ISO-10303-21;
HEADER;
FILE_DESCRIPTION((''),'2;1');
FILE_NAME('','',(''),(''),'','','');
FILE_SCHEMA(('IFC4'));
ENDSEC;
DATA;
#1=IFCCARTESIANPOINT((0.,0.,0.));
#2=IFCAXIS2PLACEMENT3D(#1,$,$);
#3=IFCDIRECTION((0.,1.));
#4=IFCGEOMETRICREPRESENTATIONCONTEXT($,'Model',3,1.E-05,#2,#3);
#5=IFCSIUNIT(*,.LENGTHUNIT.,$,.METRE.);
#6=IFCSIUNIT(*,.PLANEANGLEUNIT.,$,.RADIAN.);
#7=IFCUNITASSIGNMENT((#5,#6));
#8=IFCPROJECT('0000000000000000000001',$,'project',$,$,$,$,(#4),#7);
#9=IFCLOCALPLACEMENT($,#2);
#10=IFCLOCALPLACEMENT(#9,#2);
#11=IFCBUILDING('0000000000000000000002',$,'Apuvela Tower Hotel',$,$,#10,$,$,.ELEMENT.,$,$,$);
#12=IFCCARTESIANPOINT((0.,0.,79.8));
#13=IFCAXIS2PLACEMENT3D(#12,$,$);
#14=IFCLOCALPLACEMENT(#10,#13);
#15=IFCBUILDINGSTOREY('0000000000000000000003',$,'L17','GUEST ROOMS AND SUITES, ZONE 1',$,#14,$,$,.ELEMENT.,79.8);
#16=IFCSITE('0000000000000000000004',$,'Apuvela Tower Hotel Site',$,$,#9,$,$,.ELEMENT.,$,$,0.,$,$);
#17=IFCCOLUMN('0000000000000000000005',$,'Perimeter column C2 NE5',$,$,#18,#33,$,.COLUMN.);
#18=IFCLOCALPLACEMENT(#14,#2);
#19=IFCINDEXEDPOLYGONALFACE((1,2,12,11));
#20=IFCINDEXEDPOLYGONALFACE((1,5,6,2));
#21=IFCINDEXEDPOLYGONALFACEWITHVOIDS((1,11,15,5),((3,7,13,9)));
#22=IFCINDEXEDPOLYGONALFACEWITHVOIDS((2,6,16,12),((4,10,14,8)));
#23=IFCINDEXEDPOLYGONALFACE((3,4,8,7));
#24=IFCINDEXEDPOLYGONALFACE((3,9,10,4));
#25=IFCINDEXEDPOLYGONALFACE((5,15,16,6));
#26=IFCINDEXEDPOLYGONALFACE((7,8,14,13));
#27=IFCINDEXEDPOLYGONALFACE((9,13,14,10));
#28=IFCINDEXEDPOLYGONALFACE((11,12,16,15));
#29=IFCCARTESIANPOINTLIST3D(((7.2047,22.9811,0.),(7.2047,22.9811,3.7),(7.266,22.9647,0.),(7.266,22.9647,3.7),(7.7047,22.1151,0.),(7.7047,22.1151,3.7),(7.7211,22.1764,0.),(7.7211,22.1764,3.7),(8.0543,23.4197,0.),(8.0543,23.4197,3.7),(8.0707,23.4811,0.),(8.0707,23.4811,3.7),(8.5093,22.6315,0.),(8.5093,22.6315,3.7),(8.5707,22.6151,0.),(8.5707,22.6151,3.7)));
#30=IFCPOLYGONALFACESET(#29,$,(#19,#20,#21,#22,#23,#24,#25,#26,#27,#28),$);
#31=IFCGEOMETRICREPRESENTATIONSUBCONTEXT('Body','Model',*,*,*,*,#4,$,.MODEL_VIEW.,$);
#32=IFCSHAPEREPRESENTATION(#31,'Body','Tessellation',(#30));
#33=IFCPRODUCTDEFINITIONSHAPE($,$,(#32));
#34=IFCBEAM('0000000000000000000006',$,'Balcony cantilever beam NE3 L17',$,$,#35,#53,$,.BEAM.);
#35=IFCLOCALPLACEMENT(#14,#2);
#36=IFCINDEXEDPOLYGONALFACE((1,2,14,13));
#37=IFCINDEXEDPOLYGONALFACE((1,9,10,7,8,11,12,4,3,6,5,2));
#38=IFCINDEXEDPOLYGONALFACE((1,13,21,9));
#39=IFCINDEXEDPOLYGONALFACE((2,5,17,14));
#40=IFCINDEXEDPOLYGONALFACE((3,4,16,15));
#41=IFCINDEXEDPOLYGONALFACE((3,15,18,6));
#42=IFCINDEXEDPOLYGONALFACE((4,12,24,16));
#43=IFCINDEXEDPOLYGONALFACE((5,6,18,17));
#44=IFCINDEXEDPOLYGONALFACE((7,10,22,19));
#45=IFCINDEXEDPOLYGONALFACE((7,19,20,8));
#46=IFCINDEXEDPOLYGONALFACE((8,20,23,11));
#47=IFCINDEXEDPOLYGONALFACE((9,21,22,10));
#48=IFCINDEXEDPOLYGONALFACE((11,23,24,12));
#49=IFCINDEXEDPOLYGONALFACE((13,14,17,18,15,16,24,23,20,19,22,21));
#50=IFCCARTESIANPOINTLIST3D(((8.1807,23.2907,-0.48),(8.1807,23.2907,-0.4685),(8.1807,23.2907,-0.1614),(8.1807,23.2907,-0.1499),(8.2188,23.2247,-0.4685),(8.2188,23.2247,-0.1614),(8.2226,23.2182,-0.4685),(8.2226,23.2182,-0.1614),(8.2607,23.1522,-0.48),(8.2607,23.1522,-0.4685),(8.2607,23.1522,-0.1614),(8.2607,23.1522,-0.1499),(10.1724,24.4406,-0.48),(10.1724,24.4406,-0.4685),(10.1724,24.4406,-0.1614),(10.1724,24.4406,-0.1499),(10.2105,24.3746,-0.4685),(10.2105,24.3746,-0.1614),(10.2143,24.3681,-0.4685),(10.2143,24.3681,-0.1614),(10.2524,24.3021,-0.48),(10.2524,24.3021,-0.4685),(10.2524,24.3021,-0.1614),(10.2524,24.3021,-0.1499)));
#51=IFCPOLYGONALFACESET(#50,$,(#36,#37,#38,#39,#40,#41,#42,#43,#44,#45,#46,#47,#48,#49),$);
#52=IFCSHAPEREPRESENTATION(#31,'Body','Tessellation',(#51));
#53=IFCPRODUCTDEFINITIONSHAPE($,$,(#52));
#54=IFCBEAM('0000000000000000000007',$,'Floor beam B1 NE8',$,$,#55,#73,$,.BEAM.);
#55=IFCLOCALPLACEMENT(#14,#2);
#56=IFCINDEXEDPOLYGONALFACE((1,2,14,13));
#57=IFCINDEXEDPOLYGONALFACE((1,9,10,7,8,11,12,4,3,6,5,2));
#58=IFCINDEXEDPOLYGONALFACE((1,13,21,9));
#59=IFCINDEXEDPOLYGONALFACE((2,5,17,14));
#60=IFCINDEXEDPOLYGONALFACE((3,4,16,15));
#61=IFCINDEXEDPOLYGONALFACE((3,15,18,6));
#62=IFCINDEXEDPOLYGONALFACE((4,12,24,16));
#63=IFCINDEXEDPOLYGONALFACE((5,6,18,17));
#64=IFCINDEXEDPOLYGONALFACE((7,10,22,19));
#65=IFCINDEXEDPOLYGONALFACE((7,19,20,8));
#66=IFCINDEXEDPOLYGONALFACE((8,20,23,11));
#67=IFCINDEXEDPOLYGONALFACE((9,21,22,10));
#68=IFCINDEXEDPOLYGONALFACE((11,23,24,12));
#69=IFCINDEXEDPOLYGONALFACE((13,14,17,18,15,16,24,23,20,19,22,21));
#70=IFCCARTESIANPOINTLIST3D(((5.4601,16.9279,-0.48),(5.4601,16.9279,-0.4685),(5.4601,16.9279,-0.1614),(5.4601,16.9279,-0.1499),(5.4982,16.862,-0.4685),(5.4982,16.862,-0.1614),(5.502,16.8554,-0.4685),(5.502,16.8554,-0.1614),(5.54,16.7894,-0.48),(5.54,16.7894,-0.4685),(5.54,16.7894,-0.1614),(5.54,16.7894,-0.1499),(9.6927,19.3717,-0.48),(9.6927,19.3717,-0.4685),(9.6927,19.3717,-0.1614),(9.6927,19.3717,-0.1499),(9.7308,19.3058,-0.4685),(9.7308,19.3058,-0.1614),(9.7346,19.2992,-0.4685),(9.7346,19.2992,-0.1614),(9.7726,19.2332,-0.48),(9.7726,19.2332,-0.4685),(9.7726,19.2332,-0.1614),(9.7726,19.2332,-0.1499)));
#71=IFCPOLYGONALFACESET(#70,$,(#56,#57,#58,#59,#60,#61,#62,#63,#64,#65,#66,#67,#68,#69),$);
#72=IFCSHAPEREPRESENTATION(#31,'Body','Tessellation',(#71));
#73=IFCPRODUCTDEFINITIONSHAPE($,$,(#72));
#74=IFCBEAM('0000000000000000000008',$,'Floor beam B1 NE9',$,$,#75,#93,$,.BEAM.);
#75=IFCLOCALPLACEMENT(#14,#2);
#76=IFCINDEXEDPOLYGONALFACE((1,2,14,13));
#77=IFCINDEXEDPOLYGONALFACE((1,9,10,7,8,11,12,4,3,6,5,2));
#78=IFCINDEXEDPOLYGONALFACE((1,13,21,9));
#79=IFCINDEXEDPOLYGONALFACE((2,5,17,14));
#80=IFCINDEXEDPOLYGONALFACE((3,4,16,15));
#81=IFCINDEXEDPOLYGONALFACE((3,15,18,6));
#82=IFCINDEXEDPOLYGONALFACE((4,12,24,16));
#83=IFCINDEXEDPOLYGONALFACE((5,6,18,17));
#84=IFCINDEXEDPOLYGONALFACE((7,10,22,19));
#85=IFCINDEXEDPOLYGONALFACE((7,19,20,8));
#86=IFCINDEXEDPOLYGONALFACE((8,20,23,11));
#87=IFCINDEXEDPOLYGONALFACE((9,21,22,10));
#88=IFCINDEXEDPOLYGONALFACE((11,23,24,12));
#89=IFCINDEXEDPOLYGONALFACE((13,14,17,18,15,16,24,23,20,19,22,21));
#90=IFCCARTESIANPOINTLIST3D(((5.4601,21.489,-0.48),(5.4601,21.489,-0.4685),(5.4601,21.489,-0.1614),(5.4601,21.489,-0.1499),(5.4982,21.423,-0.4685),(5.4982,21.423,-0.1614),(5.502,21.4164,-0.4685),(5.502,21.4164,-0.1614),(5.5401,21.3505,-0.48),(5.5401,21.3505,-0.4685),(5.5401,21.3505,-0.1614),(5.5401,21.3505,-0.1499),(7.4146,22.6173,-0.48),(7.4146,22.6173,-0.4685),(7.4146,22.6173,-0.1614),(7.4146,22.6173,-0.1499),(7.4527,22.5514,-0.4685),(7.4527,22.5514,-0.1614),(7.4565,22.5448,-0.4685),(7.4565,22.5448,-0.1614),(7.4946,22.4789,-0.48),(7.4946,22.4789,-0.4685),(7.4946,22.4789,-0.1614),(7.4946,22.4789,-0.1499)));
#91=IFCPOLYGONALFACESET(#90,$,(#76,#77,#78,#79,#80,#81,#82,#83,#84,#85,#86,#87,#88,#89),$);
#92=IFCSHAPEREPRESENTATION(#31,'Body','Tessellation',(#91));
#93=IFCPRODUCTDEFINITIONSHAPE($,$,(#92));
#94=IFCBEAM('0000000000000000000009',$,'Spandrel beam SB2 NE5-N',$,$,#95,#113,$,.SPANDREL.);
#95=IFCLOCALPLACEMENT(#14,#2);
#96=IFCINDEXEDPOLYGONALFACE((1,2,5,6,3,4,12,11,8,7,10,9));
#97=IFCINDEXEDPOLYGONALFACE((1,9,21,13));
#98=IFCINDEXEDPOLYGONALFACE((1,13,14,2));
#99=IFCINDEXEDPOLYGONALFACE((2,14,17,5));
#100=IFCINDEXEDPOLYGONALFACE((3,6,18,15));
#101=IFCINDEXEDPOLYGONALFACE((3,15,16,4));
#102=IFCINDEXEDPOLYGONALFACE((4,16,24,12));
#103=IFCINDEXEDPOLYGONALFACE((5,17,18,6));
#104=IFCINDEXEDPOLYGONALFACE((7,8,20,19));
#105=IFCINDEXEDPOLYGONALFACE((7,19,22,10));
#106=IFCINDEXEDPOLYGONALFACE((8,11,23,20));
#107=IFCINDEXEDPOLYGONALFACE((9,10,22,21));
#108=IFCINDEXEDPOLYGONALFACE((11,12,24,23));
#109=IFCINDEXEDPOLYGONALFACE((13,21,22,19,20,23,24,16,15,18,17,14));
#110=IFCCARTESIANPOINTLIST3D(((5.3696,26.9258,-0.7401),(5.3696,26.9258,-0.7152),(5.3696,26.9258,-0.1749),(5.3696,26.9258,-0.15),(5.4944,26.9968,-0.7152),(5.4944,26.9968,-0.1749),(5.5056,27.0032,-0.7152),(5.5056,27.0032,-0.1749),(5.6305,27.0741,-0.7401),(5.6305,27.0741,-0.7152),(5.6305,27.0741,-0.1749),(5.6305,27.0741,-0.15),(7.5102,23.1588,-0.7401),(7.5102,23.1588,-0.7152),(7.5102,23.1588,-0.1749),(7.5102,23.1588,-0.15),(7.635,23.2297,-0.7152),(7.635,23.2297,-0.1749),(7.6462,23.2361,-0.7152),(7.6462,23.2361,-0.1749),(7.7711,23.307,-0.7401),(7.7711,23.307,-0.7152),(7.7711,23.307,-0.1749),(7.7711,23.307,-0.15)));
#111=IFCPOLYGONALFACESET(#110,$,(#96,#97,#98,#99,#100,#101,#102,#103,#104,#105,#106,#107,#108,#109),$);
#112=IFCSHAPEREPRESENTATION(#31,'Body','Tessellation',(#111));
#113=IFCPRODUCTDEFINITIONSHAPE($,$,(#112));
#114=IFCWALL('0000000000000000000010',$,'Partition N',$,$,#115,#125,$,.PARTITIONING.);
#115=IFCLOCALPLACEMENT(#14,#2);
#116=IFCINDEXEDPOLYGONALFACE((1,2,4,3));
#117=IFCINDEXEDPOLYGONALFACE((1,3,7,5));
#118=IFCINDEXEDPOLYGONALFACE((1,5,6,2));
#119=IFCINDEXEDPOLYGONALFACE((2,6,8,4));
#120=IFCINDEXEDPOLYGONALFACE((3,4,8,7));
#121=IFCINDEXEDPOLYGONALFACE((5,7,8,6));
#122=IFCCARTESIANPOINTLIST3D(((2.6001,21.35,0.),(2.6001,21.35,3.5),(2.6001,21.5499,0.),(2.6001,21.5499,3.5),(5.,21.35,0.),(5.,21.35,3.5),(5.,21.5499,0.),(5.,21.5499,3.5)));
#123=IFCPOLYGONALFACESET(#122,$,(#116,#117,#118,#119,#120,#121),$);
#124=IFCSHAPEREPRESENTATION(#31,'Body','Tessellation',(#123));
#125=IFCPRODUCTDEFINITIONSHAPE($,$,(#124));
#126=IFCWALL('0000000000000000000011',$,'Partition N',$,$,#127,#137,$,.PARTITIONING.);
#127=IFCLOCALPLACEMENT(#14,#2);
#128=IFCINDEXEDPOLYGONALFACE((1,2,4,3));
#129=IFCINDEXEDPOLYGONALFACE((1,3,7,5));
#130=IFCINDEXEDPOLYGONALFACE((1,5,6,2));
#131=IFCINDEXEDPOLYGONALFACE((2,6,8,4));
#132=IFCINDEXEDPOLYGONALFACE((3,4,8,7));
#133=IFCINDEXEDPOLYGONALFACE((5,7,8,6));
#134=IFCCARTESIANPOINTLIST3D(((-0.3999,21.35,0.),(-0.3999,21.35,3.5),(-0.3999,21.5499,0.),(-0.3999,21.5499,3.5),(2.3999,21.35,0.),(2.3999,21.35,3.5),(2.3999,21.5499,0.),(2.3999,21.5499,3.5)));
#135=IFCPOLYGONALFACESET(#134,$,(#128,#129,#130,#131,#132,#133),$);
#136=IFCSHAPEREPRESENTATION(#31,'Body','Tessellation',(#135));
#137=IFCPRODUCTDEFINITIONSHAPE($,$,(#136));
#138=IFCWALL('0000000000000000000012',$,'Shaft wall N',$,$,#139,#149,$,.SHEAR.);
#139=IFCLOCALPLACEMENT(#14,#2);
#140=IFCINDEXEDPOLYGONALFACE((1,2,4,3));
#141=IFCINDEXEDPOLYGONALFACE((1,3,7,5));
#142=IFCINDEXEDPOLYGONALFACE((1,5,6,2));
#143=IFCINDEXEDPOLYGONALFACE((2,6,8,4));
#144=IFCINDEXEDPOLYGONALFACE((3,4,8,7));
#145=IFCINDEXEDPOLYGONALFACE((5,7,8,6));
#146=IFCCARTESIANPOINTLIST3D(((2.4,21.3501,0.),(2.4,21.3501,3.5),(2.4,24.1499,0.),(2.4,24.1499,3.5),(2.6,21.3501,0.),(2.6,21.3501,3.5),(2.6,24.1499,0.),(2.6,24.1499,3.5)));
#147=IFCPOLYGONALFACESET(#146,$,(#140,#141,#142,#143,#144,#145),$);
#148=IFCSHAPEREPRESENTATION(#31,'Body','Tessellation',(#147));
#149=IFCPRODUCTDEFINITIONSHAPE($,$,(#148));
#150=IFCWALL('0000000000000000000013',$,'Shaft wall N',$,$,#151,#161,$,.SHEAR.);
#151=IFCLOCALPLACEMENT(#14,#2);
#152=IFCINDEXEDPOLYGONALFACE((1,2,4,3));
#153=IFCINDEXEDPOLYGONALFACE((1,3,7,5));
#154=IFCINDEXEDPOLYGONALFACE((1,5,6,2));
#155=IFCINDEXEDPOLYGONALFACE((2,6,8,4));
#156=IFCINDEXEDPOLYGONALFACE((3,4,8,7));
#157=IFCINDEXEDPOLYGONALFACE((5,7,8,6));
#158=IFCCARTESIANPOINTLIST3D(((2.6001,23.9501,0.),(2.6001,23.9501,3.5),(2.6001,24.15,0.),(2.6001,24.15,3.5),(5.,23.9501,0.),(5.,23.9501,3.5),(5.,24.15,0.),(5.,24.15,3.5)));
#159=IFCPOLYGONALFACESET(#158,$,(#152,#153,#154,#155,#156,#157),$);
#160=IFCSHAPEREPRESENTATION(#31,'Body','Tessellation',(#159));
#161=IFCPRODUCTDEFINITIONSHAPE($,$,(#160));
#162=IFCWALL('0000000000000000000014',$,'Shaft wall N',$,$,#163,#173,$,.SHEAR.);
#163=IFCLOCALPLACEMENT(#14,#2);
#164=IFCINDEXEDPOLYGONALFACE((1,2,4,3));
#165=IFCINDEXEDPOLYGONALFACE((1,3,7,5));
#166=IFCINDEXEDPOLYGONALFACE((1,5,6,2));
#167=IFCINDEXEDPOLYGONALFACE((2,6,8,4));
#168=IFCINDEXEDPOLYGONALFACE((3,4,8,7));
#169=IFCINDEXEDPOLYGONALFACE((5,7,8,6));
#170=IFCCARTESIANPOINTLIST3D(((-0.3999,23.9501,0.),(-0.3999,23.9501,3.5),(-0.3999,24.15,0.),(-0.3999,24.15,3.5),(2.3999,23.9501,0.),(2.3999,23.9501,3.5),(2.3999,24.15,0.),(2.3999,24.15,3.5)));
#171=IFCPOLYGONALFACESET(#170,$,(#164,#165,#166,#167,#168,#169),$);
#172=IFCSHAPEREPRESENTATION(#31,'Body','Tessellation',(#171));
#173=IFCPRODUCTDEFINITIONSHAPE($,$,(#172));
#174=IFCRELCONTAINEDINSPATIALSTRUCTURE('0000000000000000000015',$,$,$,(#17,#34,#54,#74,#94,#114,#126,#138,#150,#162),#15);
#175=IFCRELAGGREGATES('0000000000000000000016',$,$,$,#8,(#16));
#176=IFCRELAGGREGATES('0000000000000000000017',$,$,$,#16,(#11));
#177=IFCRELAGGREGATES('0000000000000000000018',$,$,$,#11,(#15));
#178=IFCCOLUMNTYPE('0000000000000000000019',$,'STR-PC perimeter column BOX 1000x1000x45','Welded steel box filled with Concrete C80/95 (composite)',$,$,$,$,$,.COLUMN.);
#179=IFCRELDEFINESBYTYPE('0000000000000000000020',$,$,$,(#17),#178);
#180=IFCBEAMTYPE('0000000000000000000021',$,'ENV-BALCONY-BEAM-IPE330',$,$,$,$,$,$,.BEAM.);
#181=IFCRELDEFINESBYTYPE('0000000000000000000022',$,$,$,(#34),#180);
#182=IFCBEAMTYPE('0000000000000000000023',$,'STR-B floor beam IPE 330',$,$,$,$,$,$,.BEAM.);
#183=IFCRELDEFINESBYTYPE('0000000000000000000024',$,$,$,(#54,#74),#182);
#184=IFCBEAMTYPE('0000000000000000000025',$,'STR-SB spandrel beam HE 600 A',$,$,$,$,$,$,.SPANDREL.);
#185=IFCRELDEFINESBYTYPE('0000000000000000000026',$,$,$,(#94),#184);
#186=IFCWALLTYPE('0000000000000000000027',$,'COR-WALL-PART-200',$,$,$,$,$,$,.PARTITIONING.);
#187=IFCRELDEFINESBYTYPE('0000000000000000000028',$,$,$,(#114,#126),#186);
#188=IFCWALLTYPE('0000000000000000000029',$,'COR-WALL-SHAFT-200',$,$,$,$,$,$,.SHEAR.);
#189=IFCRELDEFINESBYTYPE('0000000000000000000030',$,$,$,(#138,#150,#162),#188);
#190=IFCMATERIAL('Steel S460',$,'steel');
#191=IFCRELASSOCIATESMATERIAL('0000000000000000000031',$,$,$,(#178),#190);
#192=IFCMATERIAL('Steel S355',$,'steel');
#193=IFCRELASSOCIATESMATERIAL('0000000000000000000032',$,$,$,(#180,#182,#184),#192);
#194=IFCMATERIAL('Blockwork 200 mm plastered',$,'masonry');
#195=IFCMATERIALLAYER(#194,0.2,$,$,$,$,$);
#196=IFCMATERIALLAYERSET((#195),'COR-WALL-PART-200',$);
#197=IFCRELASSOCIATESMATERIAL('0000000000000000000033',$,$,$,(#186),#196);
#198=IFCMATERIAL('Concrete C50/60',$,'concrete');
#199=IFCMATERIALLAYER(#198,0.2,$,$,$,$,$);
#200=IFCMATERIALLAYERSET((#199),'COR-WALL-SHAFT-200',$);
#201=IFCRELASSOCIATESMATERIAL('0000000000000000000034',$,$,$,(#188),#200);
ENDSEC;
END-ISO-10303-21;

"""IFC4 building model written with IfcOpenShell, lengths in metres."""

from ifc_helpers import new_model, si_unit, direction, frame, frame_2d, origin, origin_2d, place, context, subcontext, project, spatial, rectangle, hollow_rectangle, i_section, extrude, material, layer, layer_set, material_profile, profile_set, type_object, element, save


model = new_model("IFC4")

# Units and contexts
model_context = context("Model", 3, precision=1e-05, world=origin(), true_north=direction((0.0, 1.0)))
body_context = subcontext(model_context, "Body", "Model", "MODEL_VIEW")
ifc_project = project(units=[si_unit("LENGTHUNIT", "METRE"), si_unit("PLANEANGLEUNIT", "RADIAN")], contexts=[model_context])

# Site, building, storey
site_placement = place(None, origin())
site = spatial("IfcSite", under=ifc_project, at=site_placement, Name="Apuvela Tower Hotel Site", CompositionType="ELEMENT", RefElevation=0.0)
building_placement = place(site_placement, origin())
building = spatial("IfcBuilding", under=site, at=building_placement, Name="Apuvela Tower Hotel", CompositionType="ELEMENT")
storey_placement = place(building_placement, frame((0.0, 0.0, 79.8)))
storey = spatial("IfcBuildingStorey", under=building, at=storey_placement, Name="L17", Description="GUEST ROOMS AND SUITES, ZONE 1", CompositionType="ELEMENT", Elevation=79.8)

# Column
ifc_material_1 = material(Name="Steel S460", Category="steel")
ifc_material_profile_1 = material_profile(ifc_material_1, hollow_rectangle(XDim=1.0, YDim=1.0, WallThickness=0.0449, at=origin_2d()), Name="BOX 1000x1000x45")
ifc_material_2 = material(Name="Concrete C80/95", Category="concrete")
ifc_material_profile_2 = material_profile(ifc_material_2, rectangle(XDim=0.9099, YDim=0.9099, at=origin_2d()), Name="Concrete C80/95 infill")
ifc_profile_set_1 = profile_set([ifc_material_profile_1, ifc_material_profile_2], Name="Steel S460")
column_type = type_object("IfcColumnType", Name="STR-PC perimeter column BOX 1000x1000x45", Description="Welded steel box filled with Concrete C80/95 (composite)", PredefinedType="COLUMN", material=ifc_profile_set_1)
column_placement = place(storey_placement, frame((7.8877, 22.7981, 0.0), z_axis=(0.0, 0.0, 1.0), x_axis=(-0.5, 0.866025, 0.0)))
element("IfcColumn", 1, at=column_placement, inside=storey, type_object=column_type, Name="Perimeter column C2 NE5", PredefinedType="COLUMN", context=body_context, shape_type="SweptSolid", body=[
    extrude(hollow_rectangle(XDim=1.0, YDim=1.0, WallThickness=0.0449, at=origin_2d()), origin(), (0.0, 0.0, 1.0), 3.7),
])

# Beams
ifc_material_3 = material(Name="Steel S355", Category="steel")
ifc_material_profile_3 = material_profile(ifc_material_3, i_section(OverallWidth=0.1599, OverallDepth=0.3301, WebThickness=0.0076, FlangeThickness=0.0115, at=origin_2d()), Name="IPE 330")
ifc_profile_set_2 = profile_set([ifc_material_profile_3], Name="Steel S355")
beam_type_1 = type_object("IfcBeamType", Name="ENV-BALCONY-BEAM-IPE330", PredefinedType="BEAM", material=ifc_profile_set_2)
beam_1_placement = place(storey_placement, frame((8.2207, 23.2214, -0.3149), z_axis=(0.866026, 0.499998, 0.0), x_axis=(-0.499998, 0.866026, 0.0)))
element("IfcBeam", 2, at=beam_1_placement, inside=storey, type_object=beam_type_1, Name="Balcony cantilever beam NE3 L17", PredefinedType="BEAM", context=body_context, shape_type="SweptSolid", body=[
    extrude(i_section(OverallWidth=0.1599, OverallDepth=0.3301, WebThickness=0.0076, FlangeThickness=0.0115, at=origin_2d()), origin(), (0.0, 0.0, 1.0), 2.2998),
])
ifc_material_profile_4 = material_profile(ifc_material_3, i_section(OverallWidth=0.1599, OverallDepth=0.3301, WebThickness=0.0076, FlangeThickness=0.0115, at=origin_2d()), Name="IPE 330")
ifc_profile_set_3 = profile_set([ifc_material_profile_4], Name="Steel S355")
beam_type_2 = type_object("IfcBeamType", Name="STR-B floor beam IPE 330", PredefinedType="BEAM", material=ifc_profile_set_3)
beam_2_placement = place(storey_placement, frame((9.7327, 19.3025, -0.3149), z_axis=(-0.866015, -0.500018, 0.0), x_axis=(0.500018, -0.866015, 0.0)))
element("IfcBeam", 3, at=beam_2_placement, inside=storey, type_object=beam_type_2, Name="Floor beam B1 NE8", PredefinedType="BEAM", context=body_context, shape_type="SweptSolid", body=[
    extrude(i_section(OverallWidth=0.1599, OverallDepth=0.3301, WebThickness=0.0076, FlangeThickness=0.0115, at=origin_2d()), origin(), (0.0, 0.0, 1.0), 4.8875),
])
beam_3_placement = place(storey_placement, frame((7.4546, 22.5481, -0.3149), z_axis=(-0.866038, -0.499978, 0.0), x_axis=(0.499978, -0.866038, 0.0)))
element("IfcBeam", 4, at=beam_3_placement, inside=storey, type_object=beam_type_2, Name="Floor beam B1 NE9", PredefinedType="BEAM", context=body_context, shape_type="SweptSolid", body=[
    extrude(i_section(OverallWidth=0.1599, OverallDepth=0.3301, WebThickness=0.0076, FlangeThickness=0.0115, at=origin_2d()), origin(), (0.0, 0.0, 1.0), 2.2568),
])
ifc_material_profile_5 = material_profile(ifc_material_3, i_section(OverallWidth=0.3, OverallDepth=0.5901, WebThickness=0.0129, FlangeThickness=0.0249, at=origin_2d()), Name="HE 600 A")
ifc_profile_set_4 = profile_set([ifc_material_profile_5], Name="Steel S355")
beam_type_3 = type_object("IfcBeamType", Name="STR-SB spandrel beam HE 600 A", PredefinedType="SPANDREL", material=ifc_profile_set_4)
beam_4_placement = place(storey_placement, frame((7.6406, 23.2329, -0.4451), z_axis=(-0.49405, 0.869433, 0.0), x_axis=(-0.869433, -0.49405, 0.0)))
element("IfcBeam", 5, at=beam_4_placement, inside=storey, type_object=beam_type_3, Name="Spandrel beam SB2 NE5-N", PredefinedType="SPANDREL", context=body_context, shape_type="SweptSolid", body=[
    extrude(i_section(OverallWidth=0.3, OverallDepth=0.5901, WebThickness=0.0129, FlangeThickness=0.0249, at=origin_2d()), origin(), (0.0, 0.0, 1.0), 4.3328),
])

# Walls
ifc_material_4 = material(Name="Blockwork 200 mm plastered", Category="masonry")
ifc_layer_1 = layer(ifc_material_4, 0.2)
ifc_layer_set_1 = layer_set([ifc_layer_1], Name="COR-WALL-PART-200")
wall_type_1 = type_object("IfcWallType", Name="COR-WALL-PART-200", PredefinedType="PARTITIONING", material=ifc_layer_set_1)
wall_1_placement = place(storey_placement, frame((5.0, 21.45, 0.0), z_axis=(0.0, 0.0, 1.0), x_axis=(-1.0, 0.0, 0.0)))
element("IfcWall", 6, at=wall_1_placement, inside=storey, type_object=wall_type_1, Name="Partition N", PredefinedType="PARTITIONING", context=body_context, shape_type="SweptSolid", body=[
    extrude(rectangle(XDim=2.3999, YDim=0.2, at=frame_2d((1.2, 0.0))), origin(), (0.0, 0.0, 1.0), 3.5),
])
wall_2_placement = place(storey_placement, frame((2.3999, 21.45, 0.0), z_axis=(0.0, 0.0, 1.0), x_axis=(-1.0, 0.0, 0.0)))
element("IfcWall", 7, at=wall_2_placement, inside=storey, type_object=wall_type_1, Name="Partition N", PredefinedType="PARTITIONING", context=body_context, shape_type="SweptSolid", body=[
    extrude(rectangle(XDim=2.7998, YDim=0.2, at=frame_2d((1.3999, 0.0))), origin(), (0.0, 0.0, 1.0), 3.5),
])
ifc_material_5 = material(Name="Concrete C50/60", Category="concrete")
ifc_layer_2 = layer(ifc_material_5, 0.2)
ifc_layer_set_2 = layer_set([ifc_layer_2], Name="COR-WALL-SHAFT-200")
wall_type_2 = type_object("IfcWallType", Name="COR-WALL-SHAFT-200", PredefinedType="SHEAR", material=ifc_layer_set_2)
wall_3_placement = place(storey_placement, frame((2.5, 21.3501, 0.0), z_axis=(0.0, 0.0, 1.0), x_axis=(0.0, 1.0, 0.0)))
element("IfcWall", 8, at=wall_3_placement, inside=storey, type_object=wall_type_2, Name="Shaft wall N", PredefinedType="SHEAR", context=body_context, shape_type="SweptSolid", body=[
    extrude(rectangle(XDim=2.7998, YDim=0.2, at=frame_2d((1.3999, 0.0))), origin(), (0.0, 0.0, 1.0), 3.5),
])
wall_4_placement = place(storey_placement, frame((5.0, 24.05, 0.0), z_axis=(0.0, 0.0, 1.0), x_axis=(-1.0, 0.0, 0.0)))
element("IfcWall", 9, at=wall_4_placement, inside=storey, type_object=wall_type_2, Name="Shaft wall N", PredefinedType="SHEAR", context=body_context, shape_type="SweptSolid", body=[
    extrude(rectangle(XDim=2.3999, YDim=0.2, at=frame_2d((1.2, 0.0))), origin(), (0.0, 0.0, 1.0), 3.5),
])
wall_5_placement = place(storey_placement, frame((2.3999, 24.05, 0.0), z_axis=(0.0, 0.0, 1.0), x_axis=(-1.0, 0.0, 0.0)))
element("IfcWall", 10, at=wall_5_placement, inside=storey, type_object=wall_type_2, Name="Shaft wall N", PredefinedType="SHEAR", context=body_context, shape_type="SweptSolid", body=[
    extrude(rectangle(XDim=2.7998, YDim=0.2, at=frame_2d((1.3999, 0.0))), origin(), (0.0, 0.0, 1.0), 3.5),
])

save(model, "model.ifc")
